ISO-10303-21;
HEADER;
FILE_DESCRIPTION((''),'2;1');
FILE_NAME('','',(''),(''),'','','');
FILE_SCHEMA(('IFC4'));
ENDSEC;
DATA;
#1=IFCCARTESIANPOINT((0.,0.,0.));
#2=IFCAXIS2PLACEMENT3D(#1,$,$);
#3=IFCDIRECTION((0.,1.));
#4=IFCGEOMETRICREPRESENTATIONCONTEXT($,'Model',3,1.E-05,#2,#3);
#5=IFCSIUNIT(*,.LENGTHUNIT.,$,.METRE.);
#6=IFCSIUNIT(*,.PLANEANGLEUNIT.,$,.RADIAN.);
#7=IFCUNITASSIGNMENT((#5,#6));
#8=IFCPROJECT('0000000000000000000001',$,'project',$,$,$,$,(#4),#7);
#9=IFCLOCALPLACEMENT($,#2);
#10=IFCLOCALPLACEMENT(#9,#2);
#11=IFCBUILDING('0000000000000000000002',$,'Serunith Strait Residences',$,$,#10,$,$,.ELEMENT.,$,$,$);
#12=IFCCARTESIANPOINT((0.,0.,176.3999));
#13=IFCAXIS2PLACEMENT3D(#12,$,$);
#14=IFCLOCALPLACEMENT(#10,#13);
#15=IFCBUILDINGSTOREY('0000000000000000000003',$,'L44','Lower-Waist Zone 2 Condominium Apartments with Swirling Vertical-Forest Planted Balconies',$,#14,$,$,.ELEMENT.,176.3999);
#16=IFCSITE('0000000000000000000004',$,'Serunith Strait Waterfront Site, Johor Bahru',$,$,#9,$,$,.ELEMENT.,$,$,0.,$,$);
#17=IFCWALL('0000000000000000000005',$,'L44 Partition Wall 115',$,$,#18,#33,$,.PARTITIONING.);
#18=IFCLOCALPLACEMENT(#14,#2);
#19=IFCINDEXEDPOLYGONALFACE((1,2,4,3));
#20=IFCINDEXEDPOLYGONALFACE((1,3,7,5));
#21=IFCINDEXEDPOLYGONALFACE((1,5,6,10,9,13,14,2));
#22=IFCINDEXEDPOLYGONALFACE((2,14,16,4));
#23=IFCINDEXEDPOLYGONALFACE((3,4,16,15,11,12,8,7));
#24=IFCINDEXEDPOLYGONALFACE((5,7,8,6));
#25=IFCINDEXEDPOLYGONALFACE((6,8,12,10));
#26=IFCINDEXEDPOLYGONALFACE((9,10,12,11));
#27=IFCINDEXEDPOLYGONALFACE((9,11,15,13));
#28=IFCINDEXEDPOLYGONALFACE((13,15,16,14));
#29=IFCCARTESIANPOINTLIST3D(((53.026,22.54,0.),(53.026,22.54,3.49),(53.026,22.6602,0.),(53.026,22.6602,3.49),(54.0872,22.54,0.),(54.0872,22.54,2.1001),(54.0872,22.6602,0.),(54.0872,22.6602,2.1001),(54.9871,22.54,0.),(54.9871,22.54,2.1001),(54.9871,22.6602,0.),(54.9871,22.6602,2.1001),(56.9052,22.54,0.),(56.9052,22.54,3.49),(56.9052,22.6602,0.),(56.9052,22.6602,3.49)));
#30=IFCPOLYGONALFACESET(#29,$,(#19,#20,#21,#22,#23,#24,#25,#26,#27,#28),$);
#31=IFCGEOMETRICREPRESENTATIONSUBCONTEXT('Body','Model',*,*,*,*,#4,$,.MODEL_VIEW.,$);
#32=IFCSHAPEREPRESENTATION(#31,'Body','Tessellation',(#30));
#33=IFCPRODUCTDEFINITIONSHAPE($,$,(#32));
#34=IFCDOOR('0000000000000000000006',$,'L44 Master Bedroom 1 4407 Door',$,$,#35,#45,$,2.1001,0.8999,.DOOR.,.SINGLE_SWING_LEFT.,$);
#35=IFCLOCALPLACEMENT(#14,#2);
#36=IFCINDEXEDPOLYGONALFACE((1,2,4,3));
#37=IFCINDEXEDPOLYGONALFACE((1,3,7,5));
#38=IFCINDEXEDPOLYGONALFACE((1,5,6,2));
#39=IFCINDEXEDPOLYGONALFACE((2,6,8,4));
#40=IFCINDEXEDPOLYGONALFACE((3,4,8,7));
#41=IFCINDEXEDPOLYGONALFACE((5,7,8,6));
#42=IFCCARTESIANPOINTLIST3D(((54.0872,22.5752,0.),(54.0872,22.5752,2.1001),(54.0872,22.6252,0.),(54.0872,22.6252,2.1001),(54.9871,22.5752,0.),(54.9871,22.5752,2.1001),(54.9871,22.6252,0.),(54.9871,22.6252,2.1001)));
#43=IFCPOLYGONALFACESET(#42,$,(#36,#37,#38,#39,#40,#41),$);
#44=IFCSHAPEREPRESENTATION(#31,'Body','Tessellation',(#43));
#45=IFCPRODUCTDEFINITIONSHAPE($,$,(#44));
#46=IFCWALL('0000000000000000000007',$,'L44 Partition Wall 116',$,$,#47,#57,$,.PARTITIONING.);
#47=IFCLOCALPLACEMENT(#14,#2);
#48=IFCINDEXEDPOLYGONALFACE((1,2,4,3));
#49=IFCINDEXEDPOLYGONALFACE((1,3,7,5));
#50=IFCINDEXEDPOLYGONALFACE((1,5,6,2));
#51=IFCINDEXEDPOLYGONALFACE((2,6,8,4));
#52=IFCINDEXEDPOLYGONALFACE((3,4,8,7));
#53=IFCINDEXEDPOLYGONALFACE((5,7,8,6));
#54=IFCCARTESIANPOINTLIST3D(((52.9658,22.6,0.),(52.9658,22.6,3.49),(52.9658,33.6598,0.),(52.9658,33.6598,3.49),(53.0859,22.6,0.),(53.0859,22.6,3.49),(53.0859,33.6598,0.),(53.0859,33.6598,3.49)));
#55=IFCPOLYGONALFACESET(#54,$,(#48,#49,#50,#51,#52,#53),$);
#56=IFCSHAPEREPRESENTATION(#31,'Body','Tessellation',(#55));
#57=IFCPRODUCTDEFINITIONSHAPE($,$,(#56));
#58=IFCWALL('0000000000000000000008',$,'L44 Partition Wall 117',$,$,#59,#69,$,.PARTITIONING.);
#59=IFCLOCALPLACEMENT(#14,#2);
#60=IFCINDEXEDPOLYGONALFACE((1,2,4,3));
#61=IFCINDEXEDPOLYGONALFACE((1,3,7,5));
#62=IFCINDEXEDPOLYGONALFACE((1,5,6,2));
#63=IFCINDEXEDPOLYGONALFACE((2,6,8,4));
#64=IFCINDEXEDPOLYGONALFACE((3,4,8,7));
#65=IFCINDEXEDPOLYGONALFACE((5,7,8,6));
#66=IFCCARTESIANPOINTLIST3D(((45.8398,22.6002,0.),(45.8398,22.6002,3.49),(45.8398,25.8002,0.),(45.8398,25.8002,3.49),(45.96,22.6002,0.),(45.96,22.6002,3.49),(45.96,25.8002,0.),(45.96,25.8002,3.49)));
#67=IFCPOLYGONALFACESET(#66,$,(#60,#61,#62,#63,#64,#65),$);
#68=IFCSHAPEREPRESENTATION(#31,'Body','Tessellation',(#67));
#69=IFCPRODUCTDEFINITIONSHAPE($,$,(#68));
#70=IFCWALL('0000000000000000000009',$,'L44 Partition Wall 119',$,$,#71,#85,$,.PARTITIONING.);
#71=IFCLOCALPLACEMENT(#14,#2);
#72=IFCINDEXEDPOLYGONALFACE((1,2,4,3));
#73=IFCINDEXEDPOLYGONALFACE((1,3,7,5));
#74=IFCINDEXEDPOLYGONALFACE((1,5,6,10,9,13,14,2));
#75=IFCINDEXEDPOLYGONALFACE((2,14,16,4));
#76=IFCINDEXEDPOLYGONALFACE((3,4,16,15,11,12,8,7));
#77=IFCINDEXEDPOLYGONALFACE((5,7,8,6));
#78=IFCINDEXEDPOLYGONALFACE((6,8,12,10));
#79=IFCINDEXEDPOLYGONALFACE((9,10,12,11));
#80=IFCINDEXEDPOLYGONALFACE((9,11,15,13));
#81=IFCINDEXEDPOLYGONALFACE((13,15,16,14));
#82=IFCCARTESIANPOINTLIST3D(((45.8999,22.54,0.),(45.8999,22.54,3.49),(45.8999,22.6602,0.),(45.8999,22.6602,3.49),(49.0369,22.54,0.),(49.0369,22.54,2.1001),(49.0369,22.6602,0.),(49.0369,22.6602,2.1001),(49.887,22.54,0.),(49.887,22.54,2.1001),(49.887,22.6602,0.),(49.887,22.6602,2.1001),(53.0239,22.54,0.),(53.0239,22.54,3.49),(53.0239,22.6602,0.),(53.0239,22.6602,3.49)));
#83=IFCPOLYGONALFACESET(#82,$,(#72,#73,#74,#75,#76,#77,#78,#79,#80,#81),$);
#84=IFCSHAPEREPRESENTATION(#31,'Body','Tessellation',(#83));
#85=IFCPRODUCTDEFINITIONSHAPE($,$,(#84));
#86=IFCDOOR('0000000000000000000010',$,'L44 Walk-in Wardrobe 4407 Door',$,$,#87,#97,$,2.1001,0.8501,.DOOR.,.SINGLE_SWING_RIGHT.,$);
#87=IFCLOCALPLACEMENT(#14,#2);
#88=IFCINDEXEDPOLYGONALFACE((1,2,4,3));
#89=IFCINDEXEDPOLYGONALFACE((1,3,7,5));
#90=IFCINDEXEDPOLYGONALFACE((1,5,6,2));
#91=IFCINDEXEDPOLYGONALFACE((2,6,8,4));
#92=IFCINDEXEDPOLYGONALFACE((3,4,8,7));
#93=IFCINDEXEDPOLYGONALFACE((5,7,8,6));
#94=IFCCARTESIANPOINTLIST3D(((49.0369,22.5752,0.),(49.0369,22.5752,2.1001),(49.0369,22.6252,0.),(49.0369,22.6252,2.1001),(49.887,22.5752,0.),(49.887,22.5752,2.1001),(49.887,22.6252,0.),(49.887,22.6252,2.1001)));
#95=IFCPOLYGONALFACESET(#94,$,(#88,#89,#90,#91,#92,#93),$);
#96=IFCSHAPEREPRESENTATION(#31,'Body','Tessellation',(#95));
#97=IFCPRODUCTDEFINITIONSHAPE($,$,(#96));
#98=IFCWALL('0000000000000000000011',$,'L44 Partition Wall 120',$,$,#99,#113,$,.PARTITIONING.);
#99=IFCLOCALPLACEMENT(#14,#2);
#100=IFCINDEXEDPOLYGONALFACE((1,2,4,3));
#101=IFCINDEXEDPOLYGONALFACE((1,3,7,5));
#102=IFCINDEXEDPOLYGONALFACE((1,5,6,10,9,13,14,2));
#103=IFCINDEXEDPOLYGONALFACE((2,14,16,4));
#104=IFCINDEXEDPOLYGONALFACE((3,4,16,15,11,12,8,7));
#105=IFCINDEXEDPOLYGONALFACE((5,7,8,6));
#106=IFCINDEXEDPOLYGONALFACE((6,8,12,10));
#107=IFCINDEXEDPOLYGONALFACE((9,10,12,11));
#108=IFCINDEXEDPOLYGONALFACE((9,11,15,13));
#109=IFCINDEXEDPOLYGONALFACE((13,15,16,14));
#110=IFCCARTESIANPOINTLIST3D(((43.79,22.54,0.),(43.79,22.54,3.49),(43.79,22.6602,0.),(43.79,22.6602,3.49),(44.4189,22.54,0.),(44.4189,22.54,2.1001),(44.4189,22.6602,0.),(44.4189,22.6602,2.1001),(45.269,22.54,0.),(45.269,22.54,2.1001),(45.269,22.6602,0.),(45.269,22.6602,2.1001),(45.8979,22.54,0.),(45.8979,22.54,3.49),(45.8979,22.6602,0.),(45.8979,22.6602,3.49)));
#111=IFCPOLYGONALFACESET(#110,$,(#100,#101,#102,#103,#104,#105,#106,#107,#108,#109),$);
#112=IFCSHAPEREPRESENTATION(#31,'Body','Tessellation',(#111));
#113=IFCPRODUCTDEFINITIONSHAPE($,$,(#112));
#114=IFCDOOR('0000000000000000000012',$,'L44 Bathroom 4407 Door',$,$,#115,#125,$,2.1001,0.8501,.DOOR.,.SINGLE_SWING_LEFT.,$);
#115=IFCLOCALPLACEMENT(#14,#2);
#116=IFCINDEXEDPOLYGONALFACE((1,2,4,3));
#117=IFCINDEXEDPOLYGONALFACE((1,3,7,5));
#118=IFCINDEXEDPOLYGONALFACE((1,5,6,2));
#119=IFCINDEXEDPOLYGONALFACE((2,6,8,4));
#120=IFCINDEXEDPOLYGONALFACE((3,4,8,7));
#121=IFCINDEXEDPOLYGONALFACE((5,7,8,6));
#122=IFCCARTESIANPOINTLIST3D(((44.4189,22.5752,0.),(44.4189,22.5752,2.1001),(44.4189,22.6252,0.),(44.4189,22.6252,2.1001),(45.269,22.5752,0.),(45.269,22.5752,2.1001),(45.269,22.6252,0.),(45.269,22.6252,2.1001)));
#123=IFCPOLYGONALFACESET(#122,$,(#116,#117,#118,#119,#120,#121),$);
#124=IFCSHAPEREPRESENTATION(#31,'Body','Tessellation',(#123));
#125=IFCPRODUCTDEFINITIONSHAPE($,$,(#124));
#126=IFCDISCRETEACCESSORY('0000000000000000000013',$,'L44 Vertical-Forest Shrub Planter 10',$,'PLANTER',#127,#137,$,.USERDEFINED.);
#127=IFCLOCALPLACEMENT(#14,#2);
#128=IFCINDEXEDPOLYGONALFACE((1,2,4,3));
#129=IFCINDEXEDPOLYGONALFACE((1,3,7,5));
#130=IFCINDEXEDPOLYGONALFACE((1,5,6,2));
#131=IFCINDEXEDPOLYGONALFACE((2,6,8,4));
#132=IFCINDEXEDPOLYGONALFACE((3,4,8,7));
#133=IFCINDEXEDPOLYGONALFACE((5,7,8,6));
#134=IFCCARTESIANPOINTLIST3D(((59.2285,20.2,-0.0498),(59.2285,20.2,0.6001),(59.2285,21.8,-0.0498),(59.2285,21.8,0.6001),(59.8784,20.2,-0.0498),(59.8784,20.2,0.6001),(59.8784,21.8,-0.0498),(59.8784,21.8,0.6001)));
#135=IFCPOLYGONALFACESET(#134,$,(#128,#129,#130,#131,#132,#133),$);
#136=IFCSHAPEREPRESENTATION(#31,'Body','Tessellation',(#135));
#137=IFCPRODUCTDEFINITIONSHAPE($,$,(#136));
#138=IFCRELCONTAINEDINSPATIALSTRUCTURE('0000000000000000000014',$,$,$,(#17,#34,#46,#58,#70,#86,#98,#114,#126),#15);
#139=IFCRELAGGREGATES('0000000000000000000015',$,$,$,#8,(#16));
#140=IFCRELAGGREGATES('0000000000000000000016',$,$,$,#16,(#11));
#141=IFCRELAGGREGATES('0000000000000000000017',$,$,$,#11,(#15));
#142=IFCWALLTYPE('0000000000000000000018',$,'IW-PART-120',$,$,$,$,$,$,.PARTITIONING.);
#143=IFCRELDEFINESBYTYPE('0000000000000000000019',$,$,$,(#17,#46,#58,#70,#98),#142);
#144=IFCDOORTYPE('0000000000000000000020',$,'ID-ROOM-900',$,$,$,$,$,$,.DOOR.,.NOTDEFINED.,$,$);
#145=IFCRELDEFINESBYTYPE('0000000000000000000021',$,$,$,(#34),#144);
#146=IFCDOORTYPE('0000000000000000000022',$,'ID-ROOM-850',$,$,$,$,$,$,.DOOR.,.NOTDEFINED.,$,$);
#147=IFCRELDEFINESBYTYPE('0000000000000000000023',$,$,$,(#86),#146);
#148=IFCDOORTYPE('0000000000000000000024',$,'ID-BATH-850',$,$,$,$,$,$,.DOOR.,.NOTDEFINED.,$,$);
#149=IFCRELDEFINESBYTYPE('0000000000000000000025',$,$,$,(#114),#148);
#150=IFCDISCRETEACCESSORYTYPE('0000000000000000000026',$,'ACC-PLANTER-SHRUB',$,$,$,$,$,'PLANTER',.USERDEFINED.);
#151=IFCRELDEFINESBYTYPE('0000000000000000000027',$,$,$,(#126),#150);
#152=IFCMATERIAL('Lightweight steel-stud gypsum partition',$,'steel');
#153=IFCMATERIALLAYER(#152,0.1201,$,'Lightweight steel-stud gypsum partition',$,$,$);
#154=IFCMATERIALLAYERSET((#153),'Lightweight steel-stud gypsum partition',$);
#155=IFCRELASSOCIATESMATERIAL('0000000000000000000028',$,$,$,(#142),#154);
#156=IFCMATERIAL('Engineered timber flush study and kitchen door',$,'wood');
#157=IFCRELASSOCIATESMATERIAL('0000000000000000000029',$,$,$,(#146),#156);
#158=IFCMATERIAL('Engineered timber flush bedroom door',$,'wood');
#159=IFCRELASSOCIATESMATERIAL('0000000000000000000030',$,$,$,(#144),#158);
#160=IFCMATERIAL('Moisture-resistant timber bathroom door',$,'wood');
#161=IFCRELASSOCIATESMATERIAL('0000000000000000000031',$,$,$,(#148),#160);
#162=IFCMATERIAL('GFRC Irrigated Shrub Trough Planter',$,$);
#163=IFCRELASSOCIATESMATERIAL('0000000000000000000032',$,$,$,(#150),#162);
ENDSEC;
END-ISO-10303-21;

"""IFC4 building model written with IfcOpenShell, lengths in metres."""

from ifc_helpers import new_model, si_unit, direction, frame, frame_2d, origin, origin_2d, place, context, subcontext, project, spatial, rectangle, extrude, source, transform, mapped, material, layer, layer_set, type_object, element, fill, save


model = new_model("IFC4")

# Units and contexts
model_context = context("Model", 3, precision=1e-05, world=origin(), true_north=direction((0.0, 1.0)))
body_context = subcontext(model_context, "Body", "Model", "MODEL_VIEW")
ifc_project = project(units=[si_unit("LENGTHUNIT", "METRE"), si_unit("PLANEANGLEUNIT", "RADIAN")], contexts=[model_context])

# Site, building, storey
site_placement = place(None, origin())
site = spatial("IfcSite", under=ifc_project, at=site_placement, Name="Serunith Strait Waterfront Site, Johor Bahru", CompositionType="ELEMENT", RefElevation=0.0)
building_placement = place(site_placement, origin())
building = spatial("IfcBuilding", under=site, at=building_placement, Name="Serunith Strait Residences", CompositionType="ELEMENT")
storey_placement = place(building_placement, frame((0.0, 0.0, 176.3999)))
storey = spatial("IfcBuildingStorey", under=building, at=storey_placement, Name="L44", Description="Lower-Waist Zone 2 Condominium Apartments with Swirling Vertical-Forest Planted Balconies", CompositionType="ELEMENT", Elevation=176.3999)

# Shared definitions
ifc_material_1 = material(Name="Lightweight steel-stud gypsum partition", Category="steel")
ifc_layer_1 = layer(ifc_material_1, 0.1201, Name="Lightweight steel-stud gypsum partition")
ifc_layer_set_1 = layer_set([ifc_layer_1], Name="Lightweight steel-stud gypsum partition")
wall_type = type_object("IfcWallType", Name="IW-PART-120", PredefinedType="PARTITIONING", material=ifc_layer_set_1)
ifc_material_2 = material(Name="Engineered timber flush study and kitchen door", Category="wood")
door_type_1 = type_object("IfcDoorType", Name="ID-ROOM-850", OperationType="NOTDEFINED", PredefinedType="DOOR", material=ifc_material_2)
shared_shape_1 = source(origin(), body_context, "Body", "SweptSolid", [
    extrude(rectangle(XDim=0.8501, YDim=2.1001, at=frame_2d((0.425, 1.05))), frame((0.0, 0.0249, 0.0), z_axis=(0.0, -1.0, 0.0), x_axis=(1.0, 0.0, 0.0)), (0.0, 0.0, 1.0), 0.05),
])
ifc_material_3 = material(Name="Engineered timber flush bedroom door", Category="wood")
door_type_2 = type_object("IfcDoorType", Name="ID-ROOM-900", OperationType="NOTDEFINED", PredefinedType="DOOR", material=ifc_material_3)
shared_shape_2 = source(origin(), body_context, "Body", "SweptSolid", [
    extrude(rectangle(XDim=0.8999, YDim=2.1001, at=frame_2d((0.45, 1.05))), frame((0.0, 0.0249, 0.0), z_axis=(0.0, -1.0, 0.0), x_axis=(1.0, 0.0, 0.0)), (0.0, 0.0, 1.0), 0.05),
])

# Wall, opening, door
wall_1_placement = place(storey_placement, frame((56.905, 22.6001, 0.0), z_axis=(0.0, 0.0, 1.0), x_axis=(-1.0, 0.0, 0.0)))
wall_1 = element("IfcWall", 1, at=wall_1_placement, inside=storey, type_object=wall_type, Name="L44 Partition Wall 115", PredefinedType="PARTITIONING", context=body_context, shape_type="SweptSolid", body=[
    extrude(rectangle(XDim=3.8792, YDim=0.1201, at=frame_2d((1.9395, 0.0))), origin(), (0.0, 0.0, 1.0), 3.49),
])
opening_1_placement = place(wall_1_placement, frame((1.918, 0.0, 0.0)))
opening_1 = element("IfcOpeningElement", 2, at=opening_1_placement, cuts=wall_1, PredefinedType="OPENING", context=body_context, shape_type="SweptSolid", body=[
    extrude(rectangle(XDim=0.8999, YDim=2.1001, at=frame_2d((0.45, 1.05))), frame((0.0, 0.0701, 0.0), z_axis=(0.0, -1.0, 0.0), x_axis=(1.0, 0.0, 0.0)), (0.0, 0.0, 1.0), 0.1401),
])
door_1_placement = place(opening_1_placement, origin())
door_1 = element("IfcDoor", 3, at=door_1_placement, inside=storey, type_object=door_type_2, Name="L44 Master Bedroom 1 4407 Door", OperationType="SINGLE_SWING_LEFT", OverallHeight=2.1001, OverallWidth=0.8999, PredefinedType="DOOR", context=body_context, shape_type="MappedRepresentation", body=[
    mapped(shared_shape_2, transform((0.0, 0.0, 0.0), scale=1.0)),
])
fill(opening_1, door_1)

# Walls
wall_2_placement = place(storey_placement, frame((53.0259, 22.6001, 0.0), z_axis=(0.0, 0.0, 1.0), x_axis=(0.0, 1.0, 0.0)))
element("IfcWall", 4, at=wall_2_placement, inside=storey, type_object=wall_type, Name="L44 Partition Wall 116", PredefinedType="PARTITIONING", context=body_context, shape_type="SweptSolid", body=[
    extrude(rectangle(XDim=11.0598, YDim=0.1201, at=frame_2d((5.5298, 0.0))), origin(), (0.0, 0.0, 1.0), 3.49),
])
wall_3_placement = place(storey_placement, frame((45.8999, 22.6001, 0.0), z_axis=(0.0, 0.0, 1.0), x_axis=(0.0, 1.0, 0.0)))
element("IfcWall", 5, at=wall_3_placement, inside=storey, type_object=wall_type, Name="L44 Partition Wall 117", PredefinedType="PARTITIONING", context=body_context, shape_type="SweptSolid", body=[
    extrude(rectangle(XDim=3.2, YDim=0.1201, at=frame_2d((1.6001, 0.0))), origin(), (0.0, 0.0, 1.0), 3.49),
])

# Walls, openings, doors
wall_4_placement = place(storey_placement, frame((53.0239, 22.6001, 0.0), z_axis=(0.0, 0.0, 1.0), x_axis=(-1.0, 0.0, 0.0)))
wall_4 = element("IfcWall", 6, at=wall_4_placement, inside=storey, type_object=wall_type, Name="L44 Partition Wall 119", PredefinedType="PARTITIONING", context=body_context, shape_type="SweptSolid", body=[
    extrude(rectangle(XDim=7.124, YDim=0.1201, at=frame_2d((3.562, 0.0))), origin(), (0.0, 0.0, 1.0), 3.49),
])
opening_2_placement = place(wall_4_placement, frame((3.137, 0.0, 0.0)))
opening_2 = element("IfcOpeningElement", 7, at=opening_2_placement, cuts=wall_4, PredefinedType="OPENING", context=body_context, shape_type="SweptSolid", body=[
    extrude(rectangle(XDim=0.8501, YDim=2.1001, at=frame_2d((0.425, 1.05))), frame((0.0, 0.0701, 0.0), z_axis=(0.0, -1.0, 0.0), x_axis=(1.0, 0.0, 0.0)), (0.0, 0.0, 1.0), 0.1401),
])
door_2_placement = place(opening_2_placement, origin())
door_2 = element("IfcDoor", 8, at=door_2_placement, inside=storey, type_object=door_type_1, Name="L44 Walk-in Wardrobe 4407 Door", OperationType="SINGLE_SWING_RIGHT", OverallHeight=2.1001, OverallWidth=0.8501, PredefinedType="DOOR", context=body_context, shape_type="MappedRepresentation", body=[
    mapped(shared_shape_1, transform((0.0, 0.0, 0.0), scale=1.0)),
])
fill(opening_2, door_2)
wall_5_placement = place(storey_placement, frame((45.8979, 22.6001, 0.0), z_axis=(0.0, 0.0, 1.0), x_axis=(-1.0, 0.0, 0.0)))
wall_5 = element("IfcWall", 9, at=wall_5_placement, inside=storey, type_object=wall_type, Name="L44 Partition Wall 120", PredefinedType="PARTITIONING", context=body_context, shape_type="SweptSolid", body=[
    extrude(rectangle(XDim=2.1079, YDim=0.1201, at=frame_2d((1.054, 0.0))), origin(), (0.0, 0.0, 1.0), 3.49),
])
opening_3_placement = place(wall_5_placement, frame((0.6289, 0.0, 0.0)))
opening_3 = element("IfcOpeningElement", 10, at=opening_3_placement, cuts=wall_5, PredefinedType="OPENING", context=body_context, shape_type="SweptSolid", body=[
    extrude(rectangle(XDim=0.8501, YDim=2.1001, at=frame_2d((0.425, 1.05))), frame((0.0, 0.0701, 0.0), z_axis=(0.0, -1.0, 0.0), x_axis=(1.0, 0.0, 0.0)), (0.0, 0.0, 1.0), 0.1401),
])
ifc_material_4 = material(Name="Moisture-resistant timber bathroom door", Category="wood")
door_type_3 = type_object("IfcDoorType", Name="ID-BATH-850", OperationType="NOTDEFINED", PredefinedType="DOOR", material=ifc_material_4)
door_3_placement = place(opening_3_placement, origin())
door_3 = element("IfcDoor", 11, at=door_3_placement, inside=storey, type_object=door_type_3, Name="L44 Bathroom 4407 Door", OperationType="SINGLE_SWING_LEFT", OverallHeight=2.1001, OverallWidth=0.8501, PredefinedType="DOOR", context=body_context, shape_type="MappedRepresentation", body=[
    mapped(shared_shape_1, transform((0.0, 0.0, 0.0), scale=1.0)),
])
fill(opening_3, door_3)

# Discrete accessory
ifc_material_5 = material(Name="GFRC Irrigated Shrub Trough Planter")
discrete_accessory_type = type_object("IfcDiscreteAccessoryType", Name="ACC-PLANTER-SHRUB", ElementType="PLANTER", PredefinedType="USERDEFINED", material=ifc_material_5)
shared_shape_3 = source(origin(), body_context, "Body", "SweptSolid", [
    extrude(rectangle(XDim=1.6001, YDim=0.6499, at=origin_2d()), origin(), (0.0, 0.0, 1.0), 0.6499),
])
discrete_accessory_placement = place(storey_placement, frame((59.5535, 21.0, -0.0498), z_axis=(0.0, 0.0, 1.0), x_axis=(0.0, 1.0, 0.0)))
element("IfcDiscreteAccessory", 12, at=discrete_accessory_placement, inside=storey, type_object=discrete_accessory_type, Name="L44 Vertical-Forest Shrub Planter 10", ObjectType="PLANTER", PredefinedType="USERDEFINED", context=body_context, shape_type="MappedRepresentation", body=[
    mapped(shared_shape_3, transform((0.0, 0.0, 0.0), scale=1.0)),
])

save(model, "model.ifc")
